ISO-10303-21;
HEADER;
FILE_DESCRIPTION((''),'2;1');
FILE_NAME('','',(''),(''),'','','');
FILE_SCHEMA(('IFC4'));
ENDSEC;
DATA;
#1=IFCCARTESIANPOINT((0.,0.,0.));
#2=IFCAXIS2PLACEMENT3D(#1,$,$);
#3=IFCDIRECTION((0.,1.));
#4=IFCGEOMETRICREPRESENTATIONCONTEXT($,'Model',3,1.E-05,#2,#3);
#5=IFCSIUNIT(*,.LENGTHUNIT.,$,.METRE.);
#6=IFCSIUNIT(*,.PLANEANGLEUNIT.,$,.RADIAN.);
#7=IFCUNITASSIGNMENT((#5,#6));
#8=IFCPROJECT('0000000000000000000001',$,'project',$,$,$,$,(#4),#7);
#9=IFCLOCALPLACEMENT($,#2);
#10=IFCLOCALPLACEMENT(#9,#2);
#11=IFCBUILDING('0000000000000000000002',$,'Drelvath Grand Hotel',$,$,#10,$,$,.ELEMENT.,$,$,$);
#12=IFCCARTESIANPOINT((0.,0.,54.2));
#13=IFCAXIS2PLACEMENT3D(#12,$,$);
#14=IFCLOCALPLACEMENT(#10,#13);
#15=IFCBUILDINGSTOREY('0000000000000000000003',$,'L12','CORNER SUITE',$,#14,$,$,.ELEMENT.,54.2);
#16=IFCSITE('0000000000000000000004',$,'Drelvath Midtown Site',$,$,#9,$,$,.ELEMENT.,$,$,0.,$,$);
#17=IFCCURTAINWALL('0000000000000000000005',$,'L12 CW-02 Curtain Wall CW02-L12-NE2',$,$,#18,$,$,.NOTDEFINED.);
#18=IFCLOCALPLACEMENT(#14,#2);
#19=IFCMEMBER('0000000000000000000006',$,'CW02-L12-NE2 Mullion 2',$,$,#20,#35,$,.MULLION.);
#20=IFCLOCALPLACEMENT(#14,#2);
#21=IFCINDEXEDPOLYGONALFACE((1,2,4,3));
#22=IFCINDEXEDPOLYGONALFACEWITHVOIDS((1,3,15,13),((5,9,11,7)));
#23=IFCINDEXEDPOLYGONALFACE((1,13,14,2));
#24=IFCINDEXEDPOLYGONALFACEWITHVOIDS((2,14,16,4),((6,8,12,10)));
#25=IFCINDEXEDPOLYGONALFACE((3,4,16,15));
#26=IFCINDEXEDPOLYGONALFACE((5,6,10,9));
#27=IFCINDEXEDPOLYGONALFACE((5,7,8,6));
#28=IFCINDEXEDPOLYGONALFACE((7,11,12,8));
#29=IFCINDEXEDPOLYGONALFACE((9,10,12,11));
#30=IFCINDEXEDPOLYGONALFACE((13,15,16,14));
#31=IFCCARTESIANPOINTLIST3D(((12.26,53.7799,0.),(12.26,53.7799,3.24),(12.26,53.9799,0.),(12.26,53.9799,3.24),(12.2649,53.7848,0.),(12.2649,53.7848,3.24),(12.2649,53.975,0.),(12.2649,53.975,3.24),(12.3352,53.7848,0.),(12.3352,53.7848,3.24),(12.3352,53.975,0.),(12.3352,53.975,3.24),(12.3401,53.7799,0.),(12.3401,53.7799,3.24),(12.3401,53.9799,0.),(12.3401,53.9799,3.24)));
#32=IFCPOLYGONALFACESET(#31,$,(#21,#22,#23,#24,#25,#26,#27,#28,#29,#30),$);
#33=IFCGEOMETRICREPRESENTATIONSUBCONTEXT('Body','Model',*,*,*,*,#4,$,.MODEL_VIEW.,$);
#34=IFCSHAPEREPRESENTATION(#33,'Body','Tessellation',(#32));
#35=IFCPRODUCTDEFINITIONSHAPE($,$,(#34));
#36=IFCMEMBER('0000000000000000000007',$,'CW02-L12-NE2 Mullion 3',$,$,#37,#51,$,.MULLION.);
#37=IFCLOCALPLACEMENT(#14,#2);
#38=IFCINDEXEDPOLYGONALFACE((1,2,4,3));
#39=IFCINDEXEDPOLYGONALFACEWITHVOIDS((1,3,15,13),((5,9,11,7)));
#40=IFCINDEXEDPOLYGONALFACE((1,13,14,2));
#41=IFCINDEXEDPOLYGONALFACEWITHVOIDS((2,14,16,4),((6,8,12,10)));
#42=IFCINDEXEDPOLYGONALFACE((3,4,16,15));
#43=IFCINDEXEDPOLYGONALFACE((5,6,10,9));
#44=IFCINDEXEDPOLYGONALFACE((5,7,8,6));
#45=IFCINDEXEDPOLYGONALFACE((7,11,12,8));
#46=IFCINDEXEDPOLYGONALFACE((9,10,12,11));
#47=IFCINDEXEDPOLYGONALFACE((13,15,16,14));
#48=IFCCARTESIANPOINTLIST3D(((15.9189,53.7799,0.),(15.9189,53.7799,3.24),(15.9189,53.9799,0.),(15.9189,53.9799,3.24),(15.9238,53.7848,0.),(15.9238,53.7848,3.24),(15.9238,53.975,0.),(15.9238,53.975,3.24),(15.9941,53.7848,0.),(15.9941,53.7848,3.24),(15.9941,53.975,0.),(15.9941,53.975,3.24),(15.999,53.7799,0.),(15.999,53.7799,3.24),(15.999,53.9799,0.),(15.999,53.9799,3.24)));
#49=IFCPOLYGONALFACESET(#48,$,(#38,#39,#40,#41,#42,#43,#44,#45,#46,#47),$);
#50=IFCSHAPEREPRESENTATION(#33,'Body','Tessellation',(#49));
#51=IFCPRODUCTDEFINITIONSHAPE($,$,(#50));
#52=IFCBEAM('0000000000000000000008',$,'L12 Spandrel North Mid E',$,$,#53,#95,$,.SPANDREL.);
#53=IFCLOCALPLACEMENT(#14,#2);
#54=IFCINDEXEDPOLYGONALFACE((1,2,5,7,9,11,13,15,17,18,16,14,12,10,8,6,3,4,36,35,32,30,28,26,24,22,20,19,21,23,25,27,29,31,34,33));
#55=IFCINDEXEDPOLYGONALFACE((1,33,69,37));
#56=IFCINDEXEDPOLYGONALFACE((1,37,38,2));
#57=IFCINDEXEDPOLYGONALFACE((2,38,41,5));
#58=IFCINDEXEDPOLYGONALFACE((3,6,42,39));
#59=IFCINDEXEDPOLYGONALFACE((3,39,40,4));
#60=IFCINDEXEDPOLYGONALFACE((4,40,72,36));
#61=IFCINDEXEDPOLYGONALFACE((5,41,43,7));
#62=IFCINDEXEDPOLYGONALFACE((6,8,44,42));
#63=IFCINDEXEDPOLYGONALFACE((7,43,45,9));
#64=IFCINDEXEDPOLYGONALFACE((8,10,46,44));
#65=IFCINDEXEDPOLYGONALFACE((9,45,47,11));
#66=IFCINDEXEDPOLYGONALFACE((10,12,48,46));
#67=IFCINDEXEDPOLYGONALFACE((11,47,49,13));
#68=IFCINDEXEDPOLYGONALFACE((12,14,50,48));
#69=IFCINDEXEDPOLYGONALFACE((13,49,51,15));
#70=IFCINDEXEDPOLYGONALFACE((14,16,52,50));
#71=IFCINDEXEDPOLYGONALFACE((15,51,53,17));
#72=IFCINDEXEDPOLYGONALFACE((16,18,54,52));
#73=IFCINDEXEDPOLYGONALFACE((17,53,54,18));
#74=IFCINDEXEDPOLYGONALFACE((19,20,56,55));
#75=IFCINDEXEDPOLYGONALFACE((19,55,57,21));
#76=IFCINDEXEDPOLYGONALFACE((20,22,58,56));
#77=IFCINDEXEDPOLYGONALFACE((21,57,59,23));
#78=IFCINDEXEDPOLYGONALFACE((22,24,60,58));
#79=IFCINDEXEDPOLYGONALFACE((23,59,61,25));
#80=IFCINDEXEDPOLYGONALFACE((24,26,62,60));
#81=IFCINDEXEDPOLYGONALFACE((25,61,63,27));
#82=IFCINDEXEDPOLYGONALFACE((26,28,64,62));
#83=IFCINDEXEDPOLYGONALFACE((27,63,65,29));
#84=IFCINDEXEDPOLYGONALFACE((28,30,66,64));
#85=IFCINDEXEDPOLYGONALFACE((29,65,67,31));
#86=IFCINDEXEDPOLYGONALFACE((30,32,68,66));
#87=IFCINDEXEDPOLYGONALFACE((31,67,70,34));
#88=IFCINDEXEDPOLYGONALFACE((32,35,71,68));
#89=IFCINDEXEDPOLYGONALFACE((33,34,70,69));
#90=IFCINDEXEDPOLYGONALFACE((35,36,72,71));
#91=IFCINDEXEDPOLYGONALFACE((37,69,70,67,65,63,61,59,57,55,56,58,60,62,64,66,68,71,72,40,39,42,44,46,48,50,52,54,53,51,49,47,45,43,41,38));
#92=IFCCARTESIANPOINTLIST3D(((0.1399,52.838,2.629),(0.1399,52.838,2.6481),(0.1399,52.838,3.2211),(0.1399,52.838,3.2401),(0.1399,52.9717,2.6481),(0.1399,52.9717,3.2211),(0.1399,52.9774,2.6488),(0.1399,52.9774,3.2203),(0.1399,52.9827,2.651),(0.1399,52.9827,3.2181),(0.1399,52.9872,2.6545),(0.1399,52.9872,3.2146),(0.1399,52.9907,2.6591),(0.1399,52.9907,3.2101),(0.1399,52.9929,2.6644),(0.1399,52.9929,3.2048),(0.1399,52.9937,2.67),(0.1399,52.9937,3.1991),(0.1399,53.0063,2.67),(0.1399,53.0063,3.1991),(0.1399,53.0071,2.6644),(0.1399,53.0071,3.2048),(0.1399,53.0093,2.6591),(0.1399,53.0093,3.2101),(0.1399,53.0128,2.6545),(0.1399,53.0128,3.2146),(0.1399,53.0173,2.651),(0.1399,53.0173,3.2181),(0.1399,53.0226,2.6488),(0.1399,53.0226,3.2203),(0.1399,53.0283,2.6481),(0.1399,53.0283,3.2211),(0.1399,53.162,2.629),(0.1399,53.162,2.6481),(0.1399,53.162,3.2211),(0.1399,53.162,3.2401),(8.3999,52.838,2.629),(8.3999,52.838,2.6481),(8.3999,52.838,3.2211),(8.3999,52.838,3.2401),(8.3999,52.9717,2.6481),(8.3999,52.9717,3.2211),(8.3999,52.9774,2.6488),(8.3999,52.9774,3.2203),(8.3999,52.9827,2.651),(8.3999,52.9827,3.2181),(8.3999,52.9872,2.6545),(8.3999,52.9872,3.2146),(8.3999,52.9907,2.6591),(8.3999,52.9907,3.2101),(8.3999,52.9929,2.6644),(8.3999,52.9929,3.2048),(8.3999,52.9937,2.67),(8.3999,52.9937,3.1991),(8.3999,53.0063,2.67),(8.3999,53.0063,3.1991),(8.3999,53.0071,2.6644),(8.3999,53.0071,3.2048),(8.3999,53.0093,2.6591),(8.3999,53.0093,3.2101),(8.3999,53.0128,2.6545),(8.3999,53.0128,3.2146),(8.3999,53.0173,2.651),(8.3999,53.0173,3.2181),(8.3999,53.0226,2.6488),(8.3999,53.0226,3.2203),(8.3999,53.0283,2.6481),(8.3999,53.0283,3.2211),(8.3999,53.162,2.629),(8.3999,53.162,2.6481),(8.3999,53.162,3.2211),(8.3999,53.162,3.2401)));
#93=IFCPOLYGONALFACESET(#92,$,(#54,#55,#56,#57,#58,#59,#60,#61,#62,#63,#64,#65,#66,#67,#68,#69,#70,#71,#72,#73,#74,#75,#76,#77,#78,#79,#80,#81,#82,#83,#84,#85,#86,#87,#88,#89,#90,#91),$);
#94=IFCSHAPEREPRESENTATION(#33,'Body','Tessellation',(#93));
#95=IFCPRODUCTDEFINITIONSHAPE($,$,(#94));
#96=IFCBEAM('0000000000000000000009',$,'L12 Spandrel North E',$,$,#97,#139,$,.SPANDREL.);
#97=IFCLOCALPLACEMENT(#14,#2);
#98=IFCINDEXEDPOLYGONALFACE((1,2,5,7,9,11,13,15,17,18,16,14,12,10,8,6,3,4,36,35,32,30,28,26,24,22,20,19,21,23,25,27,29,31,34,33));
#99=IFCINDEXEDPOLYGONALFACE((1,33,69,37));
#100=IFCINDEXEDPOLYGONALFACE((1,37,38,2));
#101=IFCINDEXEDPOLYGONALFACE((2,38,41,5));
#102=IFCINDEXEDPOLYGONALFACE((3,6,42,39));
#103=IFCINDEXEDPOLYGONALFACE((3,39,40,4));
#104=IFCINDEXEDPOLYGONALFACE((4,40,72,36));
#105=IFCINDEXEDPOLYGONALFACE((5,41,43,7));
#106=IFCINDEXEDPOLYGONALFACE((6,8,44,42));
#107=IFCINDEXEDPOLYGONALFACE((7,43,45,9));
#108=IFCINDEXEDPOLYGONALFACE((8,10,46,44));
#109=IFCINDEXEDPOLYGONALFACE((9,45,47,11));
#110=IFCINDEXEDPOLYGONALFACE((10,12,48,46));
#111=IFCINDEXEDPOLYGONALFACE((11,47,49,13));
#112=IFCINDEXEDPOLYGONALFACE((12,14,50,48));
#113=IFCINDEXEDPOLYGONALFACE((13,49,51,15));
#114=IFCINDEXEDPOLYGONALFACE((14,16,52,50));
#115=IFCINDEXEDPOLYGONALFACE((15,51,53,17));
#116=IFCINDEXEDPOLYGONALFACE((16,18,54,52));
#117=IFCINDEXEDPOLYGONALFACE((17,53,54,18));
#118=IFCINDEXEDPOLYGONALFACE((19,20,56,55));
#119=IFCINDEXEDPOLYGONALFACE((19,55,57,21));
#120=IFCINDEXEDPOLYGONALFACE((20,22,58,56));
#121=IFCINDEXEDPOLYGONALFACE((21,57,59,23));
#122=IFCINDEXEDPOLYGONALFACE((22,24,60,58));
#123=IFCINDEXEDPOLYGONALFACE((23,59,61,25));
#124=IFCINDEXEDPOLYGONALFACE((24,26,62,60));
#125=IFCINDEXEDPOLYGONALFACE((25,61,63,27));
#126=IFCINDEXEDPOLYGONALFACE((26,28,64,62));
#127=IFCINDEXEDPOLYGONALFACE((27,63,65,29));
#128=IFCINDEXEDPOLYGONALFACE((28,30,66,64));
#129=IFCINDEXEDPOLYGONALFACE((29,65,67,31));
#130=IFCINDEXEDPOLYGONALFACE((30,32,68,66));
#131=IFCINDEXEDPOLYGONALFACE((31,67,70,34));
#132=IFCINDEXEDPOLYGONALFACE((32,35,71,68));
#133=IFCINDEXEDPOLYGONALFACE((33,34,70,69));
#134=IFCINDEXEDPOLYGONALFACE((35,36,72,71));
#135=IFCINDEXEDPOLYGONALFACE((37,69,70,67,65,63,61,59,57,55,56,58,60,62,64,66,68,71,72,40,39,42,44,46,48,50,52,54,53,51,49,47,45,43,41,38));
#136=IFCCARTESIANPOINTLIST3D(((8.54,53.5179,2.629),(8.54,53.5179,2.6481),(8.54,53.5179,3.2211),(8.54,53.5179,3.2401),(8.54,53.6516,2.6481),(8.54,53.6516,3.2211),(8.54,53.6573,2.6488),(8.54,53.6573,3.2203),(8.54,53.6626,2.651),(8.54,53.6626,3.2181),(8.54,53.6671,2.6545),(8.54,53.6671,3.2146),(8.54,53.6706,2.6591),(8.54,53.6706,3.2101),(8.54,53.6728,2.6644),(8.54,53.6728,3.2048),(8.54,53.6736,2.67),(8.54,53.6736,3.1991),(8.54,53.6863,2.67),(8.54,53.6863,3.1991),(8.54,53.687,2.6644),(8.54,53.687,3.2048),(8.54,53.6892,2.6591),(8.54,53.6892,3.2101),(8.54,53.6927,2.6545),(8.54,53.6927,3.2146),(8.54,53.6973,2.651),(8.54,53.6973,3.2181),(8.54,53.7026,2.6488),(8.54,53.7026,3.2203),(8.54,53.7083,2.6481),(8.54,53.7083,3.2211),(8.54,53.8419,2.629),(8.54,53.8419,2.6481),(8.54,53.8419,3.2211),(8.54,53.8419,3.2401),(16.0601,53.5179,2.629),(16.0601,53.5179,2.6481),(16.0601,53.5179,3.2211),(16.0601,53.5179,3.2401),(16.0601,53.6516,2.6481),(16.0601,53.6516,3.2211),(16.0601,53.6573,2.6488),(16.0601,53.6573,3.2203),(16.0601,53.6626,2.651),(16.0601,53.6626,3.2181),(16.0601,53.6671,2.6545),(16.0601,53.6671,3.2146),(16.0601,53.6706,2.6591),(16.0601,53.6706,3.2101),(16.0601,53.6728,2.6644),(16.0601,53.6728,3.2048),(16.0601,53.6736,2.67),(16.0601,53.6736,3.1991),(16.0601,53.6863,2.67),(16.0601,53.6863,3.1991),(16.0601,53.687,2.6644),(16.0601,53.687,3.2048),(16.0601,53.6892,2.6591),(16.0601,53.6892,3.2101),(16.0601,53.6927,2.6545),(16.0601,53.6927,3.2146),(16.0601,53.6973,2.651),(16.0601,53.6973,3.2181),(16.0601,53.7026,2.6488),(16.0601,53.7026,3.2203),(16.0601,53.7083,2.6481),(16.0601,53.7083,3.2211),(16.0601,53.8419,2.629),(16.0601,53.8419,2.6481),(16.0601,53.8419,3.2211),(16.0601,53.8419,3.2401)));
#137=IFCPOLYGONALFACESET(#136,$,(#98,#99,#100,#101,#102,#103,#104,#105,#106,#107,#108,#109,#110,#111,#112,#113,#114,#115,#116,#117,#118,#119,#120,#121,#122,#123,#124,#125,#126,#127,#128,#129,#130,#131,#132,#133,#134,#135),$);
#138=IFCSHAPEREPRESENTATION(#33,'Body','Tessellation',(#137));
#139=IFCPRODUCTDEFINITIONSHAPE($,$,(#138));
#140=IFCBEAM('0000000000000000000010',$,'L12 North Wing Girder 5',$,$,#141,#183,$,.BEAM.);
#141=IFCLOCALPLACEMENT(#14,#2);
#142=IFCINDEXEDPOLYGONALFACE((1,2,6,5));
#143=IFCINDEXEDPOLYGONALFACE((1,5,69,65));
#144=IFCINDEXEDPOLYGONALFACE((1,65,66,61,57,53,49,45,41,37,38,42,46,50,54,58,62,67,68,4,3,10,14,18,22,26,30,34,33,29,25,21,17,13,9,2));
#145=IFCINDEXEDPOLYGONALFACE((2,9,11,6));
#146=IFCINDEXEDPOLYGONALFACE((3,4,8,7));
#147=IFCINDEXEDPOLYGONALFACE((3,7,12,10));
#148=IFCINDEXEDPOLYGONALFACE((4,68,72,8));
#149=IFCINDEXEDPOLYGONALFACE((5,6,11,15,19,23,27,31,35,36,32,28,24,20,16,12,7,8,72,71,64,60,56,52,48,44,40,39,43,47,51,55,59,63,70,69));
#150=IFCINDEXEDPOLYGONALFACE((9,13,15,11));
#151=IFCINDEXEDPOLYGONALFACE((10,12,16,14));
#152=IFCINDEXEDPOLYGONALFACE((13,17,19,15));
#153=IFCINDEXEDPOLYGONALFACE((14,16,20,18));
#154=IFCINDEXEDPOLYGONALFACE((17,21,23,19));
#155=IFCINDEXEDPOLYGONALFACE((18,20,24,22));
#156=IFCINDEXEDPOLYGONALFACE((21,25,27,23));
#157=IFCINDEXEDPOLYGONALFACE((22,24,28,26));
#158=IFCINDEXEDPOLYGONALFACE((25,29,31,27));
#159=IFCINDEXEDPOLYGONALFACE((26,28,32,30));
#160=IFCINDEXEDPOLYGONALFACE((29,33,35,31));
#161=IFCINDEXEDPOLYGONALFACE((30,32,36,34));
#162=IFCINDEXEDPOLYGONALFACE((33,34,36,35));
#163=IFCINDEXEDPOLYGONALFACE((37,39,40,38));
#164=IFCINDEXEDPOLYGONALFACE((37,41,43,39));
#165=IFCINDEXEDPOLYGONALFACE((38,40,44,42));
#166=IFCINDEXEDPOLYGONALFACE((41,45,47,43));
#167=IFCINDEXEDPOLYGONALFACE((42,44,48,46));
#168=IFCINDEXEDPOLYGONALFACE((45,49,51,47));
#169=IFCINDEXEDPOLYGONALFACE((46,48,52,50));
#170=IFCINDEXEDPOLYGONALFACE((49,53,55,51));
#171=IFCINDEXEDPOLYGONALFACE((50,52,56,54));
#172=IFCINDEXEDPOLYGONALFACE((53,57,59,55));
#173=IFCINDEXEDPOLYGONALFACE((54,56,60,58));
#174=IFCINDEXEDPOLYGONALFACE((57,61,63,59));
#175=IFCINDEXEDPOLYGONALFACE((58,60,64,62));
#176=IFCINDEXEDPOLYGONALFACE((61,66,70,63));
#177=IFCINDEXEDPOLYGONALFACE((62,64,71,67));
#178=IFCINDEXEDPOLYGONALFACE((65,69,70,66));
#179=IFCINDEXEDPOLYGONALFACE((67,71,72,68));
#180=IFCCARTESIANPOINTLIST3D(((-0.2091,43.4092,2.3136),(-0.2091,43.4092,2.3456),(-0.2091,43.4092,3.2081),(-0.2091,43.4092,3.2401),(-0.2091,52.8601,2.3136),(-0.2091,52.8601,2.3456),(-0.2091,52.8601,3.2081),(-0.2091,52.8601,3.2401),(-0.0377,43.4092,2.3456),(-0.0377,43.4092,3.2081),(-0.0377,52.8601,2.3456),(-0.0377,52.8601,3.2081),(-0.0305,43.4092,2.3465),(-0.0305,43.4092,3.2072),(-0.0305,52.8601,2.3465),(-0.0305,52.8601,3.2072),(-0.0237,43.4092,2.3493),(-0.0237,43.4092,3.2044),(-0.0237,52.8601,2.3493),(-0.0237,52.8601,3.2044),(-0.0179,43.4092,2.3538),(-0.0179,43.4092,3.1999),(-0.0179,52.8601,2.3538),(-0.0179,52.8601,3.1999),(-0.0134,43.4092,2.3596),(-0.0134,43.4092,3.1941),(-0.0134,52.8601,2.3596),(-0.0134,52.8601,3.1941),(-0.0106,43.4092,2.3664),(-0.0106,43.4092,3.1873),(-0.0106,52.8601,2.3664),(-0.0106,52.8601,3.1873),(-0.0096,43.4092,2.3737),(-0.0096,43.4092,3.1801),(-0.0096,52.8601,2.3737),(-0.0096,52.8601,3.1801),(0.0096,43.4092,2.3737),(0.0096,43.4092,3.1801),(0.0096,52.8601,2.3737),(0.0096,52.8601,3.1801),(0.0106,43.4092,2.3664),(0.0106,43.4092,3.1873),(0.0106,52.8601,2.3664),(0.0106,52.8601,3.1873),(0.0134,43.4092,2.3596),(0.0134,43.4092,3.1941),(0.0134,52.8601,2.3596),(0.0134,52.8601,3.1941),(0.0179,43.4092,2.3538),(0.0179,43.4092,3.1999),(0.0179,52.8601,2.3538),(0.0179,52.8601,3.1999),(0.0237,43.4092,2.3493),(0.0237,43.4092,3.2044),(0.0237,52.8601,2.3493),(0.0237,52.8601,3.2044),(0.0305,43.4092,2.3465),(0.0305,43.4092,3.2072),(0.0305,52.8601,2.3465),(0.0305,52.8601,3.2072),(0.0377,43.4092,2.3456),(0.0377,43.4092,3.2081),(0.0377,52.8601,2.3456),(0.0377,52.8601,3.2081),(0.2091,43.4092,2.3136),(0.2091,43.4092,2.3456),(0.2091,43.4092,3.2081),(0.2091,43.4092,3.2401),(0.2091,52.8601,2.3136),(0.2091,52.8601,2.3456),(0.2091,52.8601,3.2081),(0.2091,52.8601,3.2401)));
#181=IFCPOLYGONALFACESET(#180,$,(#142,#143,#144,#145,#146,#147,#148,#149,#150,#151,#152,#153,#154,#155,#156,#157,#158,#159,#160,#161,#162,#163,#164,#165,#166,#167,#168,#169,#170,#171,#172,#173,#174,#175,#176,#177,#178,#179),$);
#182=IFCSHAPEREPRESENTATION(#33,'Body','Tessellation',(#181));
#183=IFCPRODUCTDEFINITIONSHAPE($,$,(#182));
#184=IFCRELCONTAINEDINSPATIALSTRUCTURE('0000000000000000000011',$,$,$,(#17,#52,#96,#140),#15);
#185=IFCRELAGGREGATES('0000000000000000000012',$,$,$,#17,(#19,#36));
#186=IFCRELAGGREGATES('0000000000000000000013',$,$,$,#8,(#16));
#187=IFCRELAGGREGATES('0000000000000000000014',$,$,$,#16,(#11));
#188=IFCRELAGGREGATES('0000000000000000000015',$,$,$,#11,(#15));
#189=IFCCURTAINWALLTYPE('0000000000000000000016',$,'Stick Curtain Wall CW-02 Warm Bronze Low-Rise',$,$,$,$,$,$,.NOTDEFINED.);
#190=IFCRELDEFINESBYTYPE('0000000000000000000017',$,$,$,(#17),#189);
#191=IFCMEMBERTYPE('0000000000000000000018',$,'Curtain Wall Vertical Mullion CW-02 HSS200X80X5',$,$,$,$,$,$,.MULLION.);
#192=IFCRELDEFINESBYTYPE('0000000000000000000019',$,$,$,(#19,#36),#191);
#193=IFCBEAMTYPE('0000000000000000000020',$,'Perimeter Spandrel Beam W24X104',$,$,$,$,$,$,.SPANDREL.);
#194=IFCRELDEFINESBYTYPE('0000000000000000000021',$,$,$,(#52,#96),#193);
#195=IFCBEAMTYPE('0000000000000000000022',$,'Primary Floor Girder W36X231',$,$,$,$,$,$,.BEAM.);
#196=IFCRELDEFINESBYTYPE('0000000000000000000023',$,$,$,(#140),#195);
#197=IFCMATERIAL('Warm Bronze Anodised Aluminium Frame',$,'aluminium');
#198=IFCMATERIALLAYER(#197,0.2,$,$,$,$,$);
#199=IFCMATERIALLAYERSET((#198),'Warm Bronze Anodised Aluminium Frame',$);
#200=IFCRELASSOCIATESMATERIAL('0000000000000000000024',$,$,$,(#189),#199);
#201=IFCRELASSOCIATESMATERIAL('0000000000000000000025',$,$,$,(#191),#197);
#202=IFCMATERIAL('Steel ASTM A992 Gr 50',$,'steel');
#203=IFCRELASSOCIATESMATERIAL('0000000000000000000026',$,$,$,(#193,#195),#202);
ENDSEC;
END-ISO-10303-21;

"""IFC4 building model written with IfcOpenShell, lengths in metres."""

from ifc_helpers import new_model, si_unit, direction, frame, origin, origin_2d, place, context, subcontext, project, spatial, hollow_rectangle, i_section, extrude, material, layer, layer_set, material_profile, profile_set, type_object, element, aggregate, save


model = new_model("IFC4")

# Units and contexts
model_context = context("Model", 3, precision=1e-05, world=origin(), true_north=direction((0.0, 1.0)))
body_context = subcontext(model_context, "Body", "Model", "MODEL_VIEW")
ifc_project = project(units=[si_unit("LENGTHUNIT", "METRE"), si_unit("PLANEANGLEUNIT", "RADIAN")], contexts=[model_context])

# Site, building, storey
site_placement = place(None, origin())
site = spatial("IfcSite", under=ifc_project, at=site_placement, Name="Drelvath Midtown Site", CompositionType="ELEMENT", RefElevation=0.0)
building_placement = place(site_placement, origin())
building = spatial("IfcBuilding", under=site, at=building_placement, Name="Drelvath Grand Hotel", CompositionType="ELEMENT")
storey_placement = place(building_placement, frame((0.0, 0.0, 54.2)))
storey = spatial("IfcBuildingStorey", under=building, at=storey_placement, Name="L12", Description="CORNER SUITE", CompositionType="ELEMENT", Elevation=54.2)

# Curtain wall
ifc_material_1 = material(Name="Warm Bronze Anodised Aluminium Frame", Category="aluminium")
ifc_layer_1 = layer(ifc_material_1, 0.2)
ifc_layer_set_1 = layer_set([ifc_layer_1], Name="Warm Bronze Anodised Aluminium Frame")
curtain_wall_type = type_object("IfcCurtainWallType", Name="Stick Curtain Wall CW-02 Warm Bronze Low-Rise", PredefinedType="NOTDEFINED", material=ifc_layer_set_1)
curtain_wall_1_placement = place(storey_placement, origin())
curtain_wall_1 = element("IfcCurtainWall", 1, at=curtain_wall_1_placement, inside=storey, type_object=curtain_wall_type, Name="L12 CW-02 Curtain Wall CW02-L12-NE2", PredefinedType="NOTDEFINED")

# Members
ifc_material_profile_1 = material_profile(ifc_material_1, hollow_rectangle(XDim=0.0801, YDim=0.2, WallThickness=0.0049, at=origin_2d()), Name="HSS200X80X5")
ifc_profile_set_1 = profile_set([ifc_material_profile_1], Name="Warm Bronze Anodised Aluminium Frame")
member_type_1 = type_object("IfcMemberType", Name="Curtain Wall Vertical Mullion CW-02 HSS200X80X5", PredefinedType="MULLION", material=ifc_profile_set_1)
member_1_placement = place(storey_placement, frame((12.3, 53.8799, 0.0), z_axis=(0.0, 0.0, 1.0), x_axis=(1.0, 0.0, 0.0)))
member_1 = element("IfcMember", 2, at=member_1_placement, type_object=member_type_1, Name="CW02-L12-NE2 Mullion 2", PredefinedType="MULLION", context=body_context, shape_type="SweptSolid", body=[
    extrude(hollow_rectangle(XDim=0.0801, YDim=0.2, WallThickness=0.0049, at=origin_2d()), origin(), (0.0, 0.0, 1.0), 3.24),
])
member_2_placement = place(storey_placement, frame((15.959, 53.8799, 0.0), z_axis=(0.0, 0.0, 1.0), x_axis=(1.0, 0.0, 0.0)))
member_2 = element("IfcMember", 3, at=member_2_placement, type_object=member_type_1, Name="CW02-L12-NE2 Mullion 3", PredefinedType="MULLION", context=body_context, shape_type="SweptSolid", body=[
    extrude(hollow_rectangle(XDim=0.0801, YDim=0.2, WallThickness=0.0049, at=origin_2d()), origin(), (0.0, 0.0, 1.0), 3.24),
])

# Beams
ifc_material_2 = material(Name="Steel ASTM A992 Gr 50", Category="steel")
ifc_material_profile_2 = material_profile(ifc_material_2, i_section(OverallWidth=0.324, OverallDepth=0.6111, WebThickness=0.0127, FlangeThickness=0.019, FilletRadius=0.022, at=origin_2d()), Name="W24X104")
ifc_profile_set_2 = profile_set([ifc_material_profile_2], Name="Steel ASTM A992 Gr 50")
beam_type_1 = type_object("IfcBeamType", Name="Perimeter Spandrel Beam W24X104", PredefinedType="SPANDREL", material=ifc_profile_set_2)
beam_1_placement = place(storey_placement, frame((0.1399, 53.0, 2.9346), z_axis=(1.0, 0.0, 0.0), x_axis=(0.0, 1.0, 0.0)))
element("IfcBeam", 4, at=beam_1_placement, inside=storey, type_object=beam_type_1, Name="L12 Spandrel North Mid E", PredefinedType="SPANDREL", context=body_context, shape_type="SweptSolid", body=[
    extrude(i_section(OverallWidth=0.324, OverallDepth=0.6111, WebThickness=0.0127, FlangeThickness=0.019, FilletRadius=0.022, at=origin_2d()), origin(), (0.0, 0.0, 1.0), 8.26),
])
beam_2_placement = place(storey_placement, frame((8.54, 53.6799, 2.9346), z_axis=(1.0, 0.0, 0.0), x_axis=(0.0, 1.0, 0.0)))
element("IfcBeam", 5, at=beam_2_placement, inside=storey, type_object=beam_type_1, Name="L12 Spandrel North E", PredefinedType="SPANDREL", context=body_context, shape_type="SweptSolid", body=[
    extrude(i_section(OverallWidth=0.324, OverallDepth=0.6111, WebThickness=0.0127, FlangeThickness=0.019, FilletRadius=0.022, at=origin_2d()), origin(), (0.0, 0.0, 1.0), 7.52),
])
ifc_material_profile_3 = material_profile(ifc_material_2, i_section(OverallWidth=0.4182, OverallDepth=0.9265, WebThickness=0.0193, FlangeThickness=0.032, FilletRadius=0.0281, at=origin_2d()), Name="W36X231")
ifc_profile_set_3 = profile_set([ifc_material_profile_3], Name="Steel ASTM A992 Gr 50")
beam_type_2 = type_object("IfcBeamType", Name="Primary Floor Girder W36X231", PredefinedType="BEAM", material=ifc_profile_set_3)
beam_3_placement = place(storey_placement, frame((0.0, 43.4092, 2.7769), z_axis=(0.0, 1.0, 0.0), x_axis=(-1.0, 0.0, 0.0)))
element("IfcBeam", 6, at=beam_3_placement, inside=storey, type_object=beam_type_2, Name="L12 North Wing Girder 5", PredefinedType="BEAM", context=body_context, shape_type="SweptSolid", body=[
    extrude(i_section(OverallWidth=0.4182, OverallDepth=0.9265, WebThickness=0.0193, FlangeThickness=0.032, FilletRadius=0.0281, at=origin_2d()), origin(), (0.0, 0.0, 1.0), 9.4509),
])

aggregate(curtain_wall_1, [member_1, member_2])

save(model, "model.ifc")
